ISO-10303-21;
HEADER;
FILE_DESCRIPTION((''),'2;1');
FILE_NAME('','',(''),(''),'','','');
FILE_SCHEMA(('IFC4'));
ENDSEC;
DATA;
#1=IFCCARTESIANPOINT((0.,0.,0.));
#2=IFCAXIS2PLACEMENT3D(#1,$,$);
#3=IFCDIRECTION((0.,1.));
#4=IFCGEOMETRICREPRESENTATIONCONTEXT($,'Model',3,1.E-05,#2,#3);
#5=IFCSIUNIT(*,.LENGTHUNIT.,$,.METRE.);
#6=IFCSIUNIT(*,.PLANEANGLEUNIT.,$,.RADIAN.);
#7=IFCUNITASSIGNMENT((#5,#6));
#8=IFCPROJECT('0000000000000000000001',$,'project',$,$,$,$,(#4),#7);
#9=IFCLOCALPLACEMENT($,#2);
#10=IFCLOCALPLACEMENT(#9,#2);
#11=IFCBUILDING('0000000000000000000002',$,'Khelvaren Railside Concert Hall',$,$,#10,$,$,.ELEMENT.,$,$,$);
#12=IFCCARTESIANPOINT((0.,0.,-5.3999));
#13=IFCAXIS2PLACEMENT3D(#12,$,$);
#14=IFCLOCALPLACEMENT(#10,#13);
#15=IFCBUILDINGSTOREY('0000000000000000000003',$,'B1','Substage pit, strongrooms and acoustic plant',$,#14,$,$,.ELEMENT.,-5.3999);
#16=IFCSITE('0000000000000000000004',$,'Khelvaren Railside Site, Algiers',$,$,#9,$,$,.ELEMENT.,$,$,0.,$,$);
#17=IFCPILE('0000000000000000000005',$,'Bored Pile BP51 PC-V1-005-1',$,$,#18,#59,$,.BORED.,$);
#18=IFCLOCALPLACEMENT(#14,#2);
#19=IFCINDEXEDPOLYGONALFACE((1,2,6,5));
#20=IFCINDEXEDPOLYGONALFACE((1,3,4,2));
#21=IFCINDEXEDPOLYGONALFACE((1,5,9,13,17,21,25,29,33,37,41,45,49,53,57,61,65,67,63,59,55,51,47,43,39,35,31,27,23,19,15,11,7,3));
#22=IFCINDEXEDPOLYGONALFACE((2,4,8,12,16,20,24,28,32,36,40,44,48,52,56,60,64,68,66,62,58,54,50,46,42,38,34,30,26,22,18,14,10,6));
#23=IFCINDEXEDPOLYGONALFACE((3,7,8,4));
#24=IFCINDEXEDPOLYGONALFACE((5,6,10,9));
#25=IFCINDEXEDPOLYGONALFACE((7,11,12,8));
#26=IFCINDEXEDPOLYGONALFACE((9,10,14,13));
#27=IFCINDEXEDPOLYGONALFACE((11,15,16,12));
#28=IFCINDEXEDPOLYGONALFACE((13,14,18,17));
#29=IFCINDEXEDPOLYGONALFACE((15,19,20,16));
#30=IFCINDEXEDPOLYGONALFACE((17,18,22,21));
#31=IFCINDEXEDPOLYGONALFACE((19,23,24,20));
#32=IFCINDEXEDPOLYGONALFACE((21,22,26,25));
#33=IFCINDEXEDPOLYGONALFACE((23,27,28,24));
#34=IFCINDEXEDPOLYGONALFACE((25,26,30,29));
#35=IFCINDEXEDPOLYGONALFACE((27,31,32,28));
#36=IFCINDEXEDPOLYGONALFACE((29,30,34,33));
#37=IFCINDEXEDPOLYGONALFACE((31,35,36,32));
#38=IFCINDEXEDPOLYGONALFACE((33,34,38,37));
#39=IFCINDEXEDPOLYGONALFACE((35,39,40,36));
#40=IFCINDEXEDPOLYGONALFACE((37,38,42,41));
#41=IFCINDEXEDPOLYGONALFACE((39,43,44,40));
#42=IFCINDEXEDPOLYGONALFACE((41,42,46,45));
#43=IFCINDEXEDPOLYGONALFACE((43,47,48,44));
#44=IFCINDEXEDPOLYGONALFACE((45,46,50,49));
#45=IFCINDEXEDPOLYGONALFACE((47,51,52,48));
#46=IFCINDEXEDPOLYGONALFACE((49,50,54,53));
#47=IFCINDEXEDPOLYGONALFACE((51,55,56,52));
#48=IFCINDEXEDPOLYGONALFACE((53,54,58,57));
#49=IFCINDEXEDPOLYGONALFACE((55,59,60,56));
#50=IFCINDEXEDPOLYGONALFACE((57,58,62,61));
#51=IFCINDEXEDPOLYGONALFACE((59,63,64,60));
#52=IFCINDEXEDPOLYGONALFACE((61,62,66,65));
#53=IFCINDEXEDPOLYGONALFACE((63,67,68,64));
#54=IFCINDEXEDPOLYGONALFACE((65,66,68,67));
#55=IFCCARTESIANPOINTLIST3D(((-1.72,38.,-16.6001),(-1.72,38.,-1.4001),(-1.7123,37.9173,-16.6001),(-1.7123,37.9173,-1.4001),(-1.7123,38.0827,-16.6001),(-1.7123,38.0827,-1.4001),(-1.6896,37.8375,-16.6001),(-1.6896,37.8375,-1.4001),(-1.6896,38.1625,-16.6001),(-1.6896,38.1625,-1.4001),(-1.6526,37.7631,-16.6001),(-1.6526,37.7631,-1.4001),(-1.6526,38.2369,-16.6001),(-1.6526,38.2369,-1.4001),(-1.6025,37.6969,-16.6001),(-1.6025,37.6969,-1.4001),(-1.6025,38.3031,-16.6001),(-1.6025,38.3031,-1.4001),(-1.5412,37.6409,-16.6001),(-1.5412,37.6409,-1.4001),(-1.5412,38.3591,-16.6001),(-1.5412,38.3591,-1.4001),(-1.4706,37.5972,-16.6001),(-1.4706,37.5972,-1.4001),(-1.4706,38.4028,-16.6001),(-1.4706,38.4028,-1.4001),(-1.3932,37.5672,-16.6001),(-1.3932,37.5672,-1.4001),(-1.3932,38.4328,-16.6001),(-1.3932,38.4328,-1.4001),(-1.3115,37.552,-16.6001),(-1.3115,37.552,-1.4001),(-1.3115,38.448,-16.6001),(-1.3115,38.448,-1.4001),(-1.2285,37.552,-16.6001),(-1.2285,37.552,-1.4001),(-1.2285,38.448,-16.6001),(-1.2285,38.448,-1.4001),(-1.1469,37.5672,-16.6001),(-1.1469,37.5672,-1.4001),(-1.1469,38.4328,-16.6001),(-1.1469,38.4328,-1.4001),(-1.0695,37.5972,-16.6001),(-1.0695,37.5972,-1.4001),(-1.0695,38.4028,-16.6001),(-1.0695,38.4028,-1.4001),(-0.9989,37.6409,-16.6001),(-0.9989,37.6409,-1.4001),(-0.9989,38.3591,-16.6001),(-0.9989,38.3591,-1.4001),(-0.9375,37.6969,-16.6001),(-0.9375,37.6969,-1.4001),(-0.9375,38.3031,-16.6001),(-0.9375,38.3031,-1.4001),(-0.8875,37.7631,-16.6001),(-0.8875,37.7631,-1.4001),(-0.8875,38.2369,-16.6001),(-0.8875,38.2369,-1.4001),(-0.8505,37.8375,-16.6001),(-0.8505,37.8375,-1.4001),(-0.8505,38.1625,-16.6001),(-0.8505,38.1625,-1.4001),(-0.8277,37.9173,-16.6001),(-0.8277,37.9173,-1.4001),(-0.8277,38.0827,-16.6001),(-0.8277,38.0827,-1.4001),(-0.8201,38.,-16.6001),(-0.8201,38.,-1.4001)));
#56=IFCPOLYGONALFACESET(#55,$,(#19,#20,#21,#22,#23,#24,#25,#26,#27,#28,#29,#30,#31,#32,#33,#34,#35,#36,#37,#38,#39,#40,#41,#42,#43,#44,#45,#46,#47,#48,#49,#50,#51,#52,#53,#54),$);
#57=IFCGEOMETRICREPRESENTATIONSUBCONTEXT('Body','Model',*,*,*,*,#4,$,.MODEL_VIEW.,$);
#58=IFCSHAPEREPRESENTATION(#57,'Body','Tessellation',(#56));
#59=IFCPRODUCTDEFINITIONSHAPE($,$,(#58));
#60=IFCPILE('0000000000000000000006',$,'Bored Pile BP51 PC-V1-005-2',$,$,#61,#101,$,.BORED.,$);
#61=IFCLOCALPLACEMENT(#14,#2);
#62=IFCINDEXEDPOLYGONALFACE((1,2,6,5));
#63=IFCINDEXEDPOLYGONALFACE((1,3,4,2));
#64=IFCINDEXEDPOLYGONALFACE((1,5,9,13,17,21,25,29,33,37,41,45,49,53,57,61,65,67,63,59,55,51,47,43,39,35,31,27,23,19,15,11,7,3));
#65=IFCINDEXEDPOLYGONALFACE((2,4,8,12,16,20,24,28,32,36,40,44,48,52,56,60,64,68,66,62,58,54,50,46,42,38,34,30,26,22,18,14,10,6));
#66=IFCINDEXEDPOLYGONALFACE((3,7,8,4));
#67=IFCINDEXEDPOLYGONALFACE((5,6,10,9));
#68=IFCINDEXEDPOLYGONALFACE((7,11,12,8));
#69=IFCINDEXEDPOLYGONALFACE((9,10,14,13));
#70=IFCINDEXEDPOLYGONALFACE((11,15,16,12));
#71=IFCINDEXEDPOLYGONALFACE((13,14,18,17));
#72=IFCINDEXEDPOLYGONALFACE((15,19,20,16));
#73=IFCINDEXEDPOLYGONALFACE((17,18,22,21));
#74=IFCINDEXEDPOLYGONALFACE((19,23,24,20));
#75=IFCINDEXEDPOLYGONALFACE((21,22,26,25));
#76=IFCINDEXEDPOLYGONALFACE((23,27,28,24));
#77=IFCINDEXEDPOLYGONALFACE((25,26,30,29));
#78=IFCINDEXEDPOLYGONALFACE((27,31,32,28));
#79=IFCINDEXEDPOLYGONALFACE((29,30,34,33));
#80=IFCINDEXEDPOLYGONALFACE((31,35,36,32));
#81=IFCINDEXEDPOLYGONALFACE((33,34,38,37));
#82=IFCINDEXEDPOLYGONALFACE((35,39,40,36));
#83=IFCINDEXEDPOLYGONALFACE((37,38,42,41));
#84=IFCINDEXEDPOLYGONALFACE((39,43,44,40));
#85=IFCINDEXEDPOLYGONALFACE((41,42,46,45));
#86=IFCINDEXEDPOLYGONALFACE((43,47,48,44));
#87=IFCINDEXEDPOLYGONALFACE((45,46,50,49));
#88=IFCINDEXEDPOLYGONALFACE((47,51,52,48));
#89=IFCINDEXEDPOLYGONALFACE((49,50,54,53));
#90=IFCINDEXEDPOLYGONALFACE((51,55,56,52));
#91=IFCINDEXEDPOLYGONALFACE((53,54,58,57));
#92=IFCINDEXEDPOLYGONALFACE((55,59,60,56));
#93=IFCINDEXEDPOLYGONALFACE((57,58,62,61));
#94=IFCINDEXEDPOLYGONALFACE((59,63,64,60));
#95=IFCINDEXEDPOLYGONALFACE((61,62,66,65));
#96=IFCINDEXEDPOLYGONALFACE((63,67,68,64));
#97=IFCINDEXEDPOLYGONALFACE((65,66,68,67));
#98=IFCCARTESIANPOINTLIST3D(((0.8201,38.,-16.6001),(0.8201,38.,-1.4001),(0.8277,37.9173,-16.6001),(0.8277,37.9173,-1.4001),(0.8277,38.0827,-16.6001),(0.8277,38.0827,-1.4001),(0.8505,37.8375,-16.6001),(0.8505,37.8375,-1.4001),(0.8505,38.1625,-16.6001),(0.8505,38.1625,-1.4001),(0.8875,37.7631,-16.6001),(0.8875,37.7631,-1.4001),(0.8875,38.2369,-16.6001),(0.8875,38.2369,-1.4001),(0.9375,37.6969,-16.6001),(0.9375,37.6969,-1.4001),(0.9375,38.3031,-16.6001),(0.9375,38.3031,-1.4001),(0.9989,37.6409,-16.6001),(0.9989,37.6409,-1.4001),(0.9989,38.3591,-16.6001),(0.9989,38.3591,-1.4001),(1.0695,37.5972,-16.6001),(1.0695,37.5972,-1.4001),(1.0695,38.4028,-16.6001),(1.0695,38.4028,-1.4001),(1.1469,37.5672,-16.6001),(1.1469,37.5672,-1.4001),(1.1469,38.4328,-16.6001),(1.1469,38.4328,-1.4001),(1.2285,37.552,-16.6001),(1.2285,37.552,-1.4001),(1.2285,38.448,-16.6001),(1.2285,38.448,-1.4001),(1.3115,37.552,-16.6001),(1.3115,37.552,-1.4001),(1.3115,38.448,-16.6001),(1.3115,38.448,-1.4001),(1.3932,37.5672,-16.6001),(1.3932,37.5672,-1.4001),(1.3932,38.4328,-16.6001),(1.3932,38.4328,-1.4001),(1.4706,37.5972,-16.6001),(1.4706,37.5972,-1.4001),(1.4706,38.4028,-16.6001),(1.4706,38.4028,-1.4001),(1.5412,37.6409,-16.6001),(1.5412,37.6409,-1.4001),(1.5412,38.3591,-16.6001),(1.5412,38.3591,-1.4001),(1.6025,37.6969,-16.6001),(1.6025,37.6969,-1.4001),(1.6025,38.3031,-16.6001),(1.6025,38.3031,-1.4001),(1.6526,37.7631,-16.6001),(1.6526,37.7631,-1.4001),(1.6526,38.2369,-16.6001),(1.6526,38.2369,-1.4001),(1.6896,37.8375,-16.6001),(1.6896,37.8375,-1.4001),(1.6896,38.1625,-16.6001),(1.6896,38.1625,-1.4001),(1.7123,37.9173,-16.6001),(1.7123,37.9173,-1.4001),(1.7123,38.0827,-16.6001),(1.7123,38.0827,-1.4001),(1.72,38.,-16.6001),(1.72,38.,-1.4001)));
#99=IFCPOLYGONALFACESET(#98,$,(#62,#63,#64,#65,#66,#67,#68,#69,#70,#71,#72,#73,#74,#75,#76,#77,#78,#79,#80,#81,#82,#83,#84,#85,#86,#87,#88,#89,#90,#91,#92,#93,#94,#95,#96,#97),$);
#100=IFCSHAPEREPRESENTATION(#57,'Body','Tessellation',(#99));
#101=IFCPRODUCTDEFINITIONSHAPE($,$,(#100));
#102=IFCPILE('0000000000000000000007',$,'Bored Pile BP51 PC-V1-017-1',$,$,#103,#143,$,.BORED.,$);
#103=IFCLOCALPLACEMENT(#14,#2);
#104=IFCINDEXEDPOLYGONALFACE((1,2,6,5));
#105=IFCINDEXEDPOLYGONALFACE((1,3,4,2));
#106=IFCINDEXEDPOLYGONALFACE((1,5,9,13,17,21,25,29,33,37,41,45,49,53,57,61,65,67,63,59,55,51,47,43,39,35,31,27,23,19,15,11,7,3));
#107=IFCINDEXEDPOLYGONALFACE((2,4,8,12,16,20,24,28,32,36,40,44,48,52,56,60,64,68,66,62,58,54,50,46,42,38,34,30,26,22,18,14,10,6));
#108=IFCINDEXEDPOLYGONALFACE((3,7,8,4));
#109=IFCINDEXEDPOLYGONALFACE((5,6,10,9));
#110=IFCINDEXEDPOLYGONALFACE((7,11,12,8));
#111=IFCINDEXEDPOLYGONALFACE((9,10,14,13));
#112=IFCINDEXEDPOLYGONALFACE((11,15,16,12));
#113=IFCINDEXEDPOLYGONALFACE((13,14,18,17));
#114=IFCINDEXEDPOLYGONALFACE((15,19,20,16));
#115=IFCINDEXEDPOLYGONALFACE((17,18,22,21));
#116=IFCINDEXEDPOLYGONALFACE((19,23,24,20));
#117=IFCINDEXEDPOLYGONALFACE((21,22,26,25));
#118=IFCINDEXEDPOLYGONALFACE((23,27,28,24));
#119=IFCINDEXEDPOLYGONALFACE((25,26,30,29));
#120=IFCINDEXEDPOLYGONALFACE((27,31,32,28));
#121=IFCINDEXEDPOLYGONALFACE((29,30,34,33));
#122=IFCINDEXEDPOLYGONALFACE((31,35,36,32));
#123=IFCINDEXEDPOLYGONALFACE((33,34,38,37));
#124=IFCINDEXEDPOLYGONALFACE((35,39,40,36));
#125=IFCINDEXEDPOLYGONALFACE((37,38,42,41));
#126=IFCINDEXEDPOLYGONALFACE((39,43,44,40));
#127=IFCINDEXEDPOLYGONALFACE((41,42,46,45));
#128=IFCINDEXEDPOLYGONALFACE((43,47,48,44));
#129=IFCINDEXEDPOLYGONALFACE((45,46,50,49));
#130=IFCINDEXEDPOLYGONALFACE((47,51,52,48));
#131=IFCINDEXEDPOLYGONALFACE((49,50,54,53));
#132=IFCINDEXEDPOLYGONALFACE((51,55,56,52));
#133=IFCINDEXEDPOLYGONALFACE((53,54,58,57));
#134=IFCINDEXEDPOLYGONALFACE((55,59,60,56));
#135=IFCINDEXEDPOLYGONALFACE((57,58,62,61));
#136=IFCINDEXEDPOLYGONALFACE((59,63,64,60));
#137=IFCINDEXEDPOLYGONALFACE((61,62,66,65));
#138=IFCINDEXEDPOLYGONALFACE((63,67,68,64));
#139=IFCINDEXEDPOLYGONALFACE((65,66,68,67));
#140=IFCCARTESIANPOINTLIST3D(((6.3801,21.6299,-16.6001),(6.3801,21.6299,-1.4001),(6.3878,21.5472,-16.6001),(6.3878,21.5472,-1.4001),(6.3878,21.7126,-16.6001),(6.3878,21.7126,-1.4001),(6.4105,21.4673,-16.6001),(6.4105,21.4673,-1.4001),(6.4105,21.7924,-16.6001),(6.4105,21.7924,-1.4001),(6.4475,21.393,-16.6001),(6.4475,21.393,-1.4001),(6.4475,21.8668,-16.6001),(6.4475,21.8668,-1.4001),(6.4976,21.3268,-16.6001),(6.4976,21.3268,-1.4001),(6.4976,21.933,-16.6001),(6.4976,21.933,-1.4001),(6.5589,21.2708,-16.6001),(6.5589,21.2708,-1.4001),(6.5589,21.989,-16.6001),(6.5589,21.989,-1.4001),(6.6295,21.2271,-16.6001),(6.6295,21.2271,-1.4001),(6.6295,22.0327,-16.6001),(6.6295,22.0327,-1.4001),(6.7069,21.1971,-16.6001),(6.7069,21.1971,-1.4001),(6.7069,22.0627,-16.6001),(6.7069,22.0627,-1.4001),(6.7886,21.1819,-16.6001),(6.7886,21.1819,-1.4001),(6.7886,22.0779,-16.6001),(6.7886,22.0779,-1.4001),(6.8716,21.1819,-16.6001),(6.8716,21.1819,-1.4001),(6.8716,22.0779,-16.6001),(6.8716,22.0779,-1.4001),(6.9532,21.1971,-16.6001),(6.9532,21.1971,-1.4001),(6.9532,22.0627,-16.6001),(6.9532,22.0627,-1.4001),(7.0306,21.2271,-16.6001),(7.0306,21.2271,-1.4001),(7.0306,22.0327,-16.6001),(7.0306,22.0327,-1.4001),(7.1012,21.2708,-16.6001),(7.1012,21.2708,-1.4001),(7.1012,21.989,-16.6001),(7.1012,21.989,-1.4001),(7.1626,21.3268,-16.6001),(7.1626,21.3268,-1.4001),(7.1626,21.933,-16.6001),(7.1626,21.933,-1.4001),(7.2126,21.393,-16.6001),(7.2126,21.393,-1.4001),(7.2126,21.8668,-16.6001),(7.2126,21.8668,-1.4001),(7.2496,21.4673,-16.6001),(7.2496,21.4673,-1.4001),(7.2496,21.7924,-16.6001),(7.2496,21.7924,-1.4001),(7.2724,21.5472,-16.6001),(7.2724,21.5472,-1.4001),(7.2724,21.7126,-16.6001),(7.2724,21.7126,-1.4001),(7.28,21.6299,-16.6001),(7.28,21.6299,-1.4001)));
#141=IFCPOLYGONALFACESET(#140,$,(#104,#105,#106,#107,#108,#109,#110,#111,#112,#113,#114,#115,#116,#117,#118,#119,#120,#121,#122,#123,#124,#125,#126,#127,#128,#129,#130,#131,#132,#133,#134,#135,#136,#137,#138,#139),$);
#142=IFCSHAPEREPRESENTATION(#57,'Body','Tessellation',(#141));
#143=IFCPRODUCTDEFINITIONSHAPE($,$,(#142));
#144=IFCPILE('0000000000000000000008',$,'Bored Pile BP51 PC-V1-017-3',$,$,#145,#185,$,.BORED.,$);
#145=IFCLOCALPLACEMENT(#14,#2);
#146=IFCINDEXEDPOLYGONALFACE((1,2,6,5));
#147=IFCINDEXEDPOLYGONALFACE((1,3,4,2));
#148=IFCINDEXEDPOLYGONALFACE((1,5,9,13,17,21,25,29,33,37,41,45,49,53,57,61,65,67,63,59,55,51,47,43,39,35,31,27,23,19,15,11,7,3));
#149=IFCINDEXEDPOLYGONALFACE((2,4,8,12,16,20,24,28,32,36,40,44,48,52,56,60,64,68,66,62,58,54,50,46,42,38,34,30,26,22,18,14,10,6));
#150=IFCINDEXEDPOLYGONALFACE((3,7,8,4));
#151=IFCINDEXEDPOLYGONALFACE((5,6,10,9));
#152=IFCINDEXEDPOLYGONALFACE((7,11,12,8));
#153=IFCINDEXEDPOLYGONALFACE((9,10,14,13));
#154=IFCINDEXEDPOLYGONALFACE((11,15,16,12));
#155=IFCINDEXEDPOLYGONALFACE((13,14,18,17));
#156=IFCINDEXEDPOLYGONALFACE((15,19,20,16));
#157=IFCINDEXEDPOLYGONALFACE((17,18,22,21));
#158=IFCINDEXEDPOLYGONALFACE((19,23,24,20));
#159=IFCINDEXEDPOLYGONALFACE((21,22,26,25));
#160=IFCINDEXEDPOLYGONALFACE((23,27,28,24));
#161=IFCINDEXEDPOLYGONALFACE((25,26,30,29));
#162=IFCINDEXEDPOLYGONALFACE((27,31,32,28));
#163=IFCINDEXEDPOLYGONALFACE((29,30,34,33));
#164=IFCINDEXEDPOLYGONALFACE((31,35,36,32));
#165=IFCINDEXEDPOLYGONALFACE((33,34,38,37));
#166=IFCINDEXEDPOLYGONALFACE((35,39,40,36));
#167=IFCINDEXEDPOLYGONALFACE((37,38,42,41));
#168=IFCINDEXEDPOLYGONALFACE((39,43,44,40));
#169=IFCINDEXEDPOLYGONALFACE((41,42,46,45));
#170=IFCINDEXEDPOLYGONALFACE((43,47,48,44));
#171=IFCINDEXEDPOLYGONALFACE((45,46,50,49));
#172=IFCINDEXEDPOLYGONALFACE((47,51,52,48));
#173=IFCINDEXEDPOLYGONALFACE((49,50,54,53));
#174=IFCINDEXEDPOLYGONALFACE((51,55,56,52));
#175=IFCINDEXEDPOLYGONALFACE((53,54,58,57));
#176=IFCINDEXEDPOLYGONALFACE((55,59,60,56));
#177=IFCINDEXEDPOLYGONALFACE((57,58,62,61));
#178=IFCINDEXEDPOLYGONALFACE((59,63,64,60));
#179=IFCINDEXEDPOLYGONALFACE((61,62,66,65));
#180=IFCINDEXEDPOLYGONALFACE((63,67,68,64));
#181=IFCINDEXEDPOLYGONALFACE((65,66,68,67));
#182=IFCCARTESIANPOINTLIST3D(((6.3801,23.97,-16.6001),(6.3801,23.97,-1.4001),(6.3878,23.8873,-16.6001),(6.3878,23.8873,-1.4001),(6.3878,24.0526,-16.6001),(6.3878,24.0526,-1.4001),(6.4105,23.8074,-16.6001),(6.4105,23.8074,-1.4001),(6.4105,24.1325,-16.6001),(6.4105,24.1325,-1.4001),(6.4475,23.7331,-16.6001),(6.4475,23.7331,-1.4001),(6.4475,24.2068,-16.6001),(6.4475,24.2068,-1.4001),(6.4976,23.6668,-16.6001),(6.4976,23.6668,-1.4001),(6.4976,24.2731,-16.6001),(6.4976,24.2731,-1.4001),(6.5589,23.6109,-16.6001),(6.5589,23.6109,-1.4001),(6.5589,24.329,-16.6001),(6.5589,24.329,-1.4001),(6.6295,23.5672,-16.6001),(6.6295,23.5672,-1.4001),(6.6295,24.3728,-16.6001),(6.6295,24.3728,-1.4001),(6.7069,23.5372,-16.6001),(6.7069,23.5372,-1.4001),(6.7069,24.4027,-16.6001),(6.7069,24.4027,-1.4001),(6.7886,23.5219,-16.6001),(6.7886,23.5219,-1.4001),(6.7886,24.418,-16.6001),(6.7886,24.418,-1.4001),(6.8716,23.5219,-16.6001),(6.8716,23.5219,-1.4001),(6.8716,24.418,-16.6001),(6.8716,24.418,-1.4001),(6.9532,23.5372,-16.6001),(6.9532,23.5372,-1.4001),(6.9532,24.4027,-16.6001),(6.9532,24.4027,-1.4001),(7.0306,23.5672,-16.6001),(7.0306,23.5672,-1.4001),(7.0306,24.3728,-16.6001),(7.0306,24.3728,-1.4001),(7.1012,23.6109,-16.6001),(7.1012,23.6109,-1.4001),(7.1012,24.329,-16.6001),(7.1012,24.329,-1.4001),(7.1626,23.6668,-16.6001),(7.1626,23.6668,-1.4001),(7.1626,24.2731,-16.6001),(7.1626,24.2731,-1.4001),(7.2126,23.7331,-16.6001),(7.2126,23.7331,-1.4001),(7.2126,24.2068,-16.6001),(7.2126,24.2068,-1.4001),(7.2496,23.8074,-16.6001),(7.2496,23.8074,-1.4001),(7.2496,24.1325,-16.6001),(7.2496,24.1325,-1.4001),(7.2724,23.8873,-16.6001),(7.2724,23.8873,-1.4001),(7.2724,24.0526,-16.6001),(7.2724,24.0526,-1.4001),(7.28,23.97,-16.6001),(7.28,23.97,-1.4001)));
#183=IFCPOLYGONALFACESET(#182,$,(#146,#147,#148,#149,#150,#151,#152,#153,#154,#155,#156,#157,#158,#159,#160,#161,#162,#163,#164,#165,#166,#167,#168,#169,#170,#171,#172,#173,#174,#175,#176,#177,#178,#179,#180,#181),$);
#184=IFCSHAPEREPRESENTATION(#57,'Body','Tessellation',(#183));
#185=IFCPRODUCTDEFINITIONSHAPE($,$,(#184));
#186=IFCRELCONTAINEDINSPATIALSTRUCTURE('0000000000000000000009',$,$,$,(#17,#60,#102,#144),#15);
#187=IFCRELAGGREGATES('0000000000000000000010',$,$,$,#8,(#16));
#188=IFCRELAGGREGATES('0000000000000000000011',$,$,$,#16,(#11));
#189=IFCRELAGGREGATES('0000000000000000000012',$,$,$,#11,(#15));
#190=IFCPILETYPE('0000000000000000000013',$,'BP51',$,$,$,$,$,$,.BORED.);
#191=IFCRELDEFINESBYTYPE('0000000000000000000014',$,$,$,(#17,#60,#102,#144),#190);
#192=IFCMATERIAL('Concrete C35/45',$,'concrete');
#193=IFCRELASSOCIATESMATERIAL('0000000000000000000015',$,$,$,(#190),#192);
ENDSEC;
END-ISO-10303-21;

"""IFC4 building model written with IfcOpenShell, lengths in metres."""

from ifc_helpers import new_model, si_unit, direction, frame, origin, origin_2d, place, context, subcontext, project, spatial, circle, extrude, material, material_profile, profile_set, type_object, element, save


model = new_model("IFC4")

# Units and contexts
model_context = context("Model", 3, precision=1e-05, world=origin(), true_north=direction((0.0, 1.0)))
body_context = subcontext(model_context, "Body", "Model", "MODEL_VIEW")
ifc_project = project(units=[si_unit("LENGTHUNIT", "METRE"), si_unit("PLANEANGLEUNIT", "RADIAN")], contexts=[model_context])

# Site, building, storey
site_placement = place(None, origin())
site = spatial("IfcSite", under=ifc_project, at=site_placement, Name="Khelvaren Railside Site, Algiers", CompositionType="ELEMENT", RefElevation=0.0)
building_placement = place(site_placement, origin())
building = spatial("IfcBuilding", under=site, at=building_placement, Name="Khelvaren Railside Concert Hall", CompositionType="ELEMENT")
storey_placement = place(building_placement, frame((0.0, 0.0, -5.3999)))
storey = spatial("IfcBuildingStorey", under=building, at=storey_placement, Name="B1", Description="Substage pit, strongrooms and acoustic plant", CompositionType="ELEMENT", Elevation=-5.3999)

# Piles
ifc_material_1 = material(Name="Concrete C35/45", Category="concrete")
ifc_material_profile_1 = material_profile(ifc_material_1, circle(Radius=0.45, at=origin_2d()), Name="BP D900")
ifc_profile_set_1 = profile_set([ifc_material_profile_1], Name="Concrete C35/45")
pile_type = type_object("IfcPileType", Name="BP51", PredefinedType="BORED", material=ifc_profile_set_1)
for number, where, z_axis, x_axis, name in (
    (1, (-1.27, 38.0, -1.4001), (0.0, 0.0, -1.0), (1.0, 0.0, 0.0), "Bored Pile BP51 PC-V1-005-1"),
    (2, (1.27, 38.0, -1.4001), (0.0, 0.0, -1.0), (1.0, 0.0, 0.0), "Bored Pile BP51 PC-V1-005-2"),
    (3, (6.8301, 21.6299, -1.4001), (0.0, 0.0, -1.0), (1.0, 0.0, 0.0), "Bored Pile BP51 PC-V1-017-1"),
    (4, (6.8301, 23.97, -1.4001), (0.0, 0.0, -1.0), (1.0, 0.0, 0.0), "Bored Pile BP51 PC-V1-017-3"),
):
    element("IfcPile", number, at=place(storey_placement, frame(where, z_axis=z_axis, x_axis=x_axis)), inside=storey, type_object=pile_type, Name=name, PredefinedType="BORED", context=body_context, shape_type="SweptSolid", body=[
        extrude(circle(Radius=0.45, at=origin_2d()), origin(), (0.0, 0.0, 1.0), 15.2),
    ])

save(model, "model.ifc")
